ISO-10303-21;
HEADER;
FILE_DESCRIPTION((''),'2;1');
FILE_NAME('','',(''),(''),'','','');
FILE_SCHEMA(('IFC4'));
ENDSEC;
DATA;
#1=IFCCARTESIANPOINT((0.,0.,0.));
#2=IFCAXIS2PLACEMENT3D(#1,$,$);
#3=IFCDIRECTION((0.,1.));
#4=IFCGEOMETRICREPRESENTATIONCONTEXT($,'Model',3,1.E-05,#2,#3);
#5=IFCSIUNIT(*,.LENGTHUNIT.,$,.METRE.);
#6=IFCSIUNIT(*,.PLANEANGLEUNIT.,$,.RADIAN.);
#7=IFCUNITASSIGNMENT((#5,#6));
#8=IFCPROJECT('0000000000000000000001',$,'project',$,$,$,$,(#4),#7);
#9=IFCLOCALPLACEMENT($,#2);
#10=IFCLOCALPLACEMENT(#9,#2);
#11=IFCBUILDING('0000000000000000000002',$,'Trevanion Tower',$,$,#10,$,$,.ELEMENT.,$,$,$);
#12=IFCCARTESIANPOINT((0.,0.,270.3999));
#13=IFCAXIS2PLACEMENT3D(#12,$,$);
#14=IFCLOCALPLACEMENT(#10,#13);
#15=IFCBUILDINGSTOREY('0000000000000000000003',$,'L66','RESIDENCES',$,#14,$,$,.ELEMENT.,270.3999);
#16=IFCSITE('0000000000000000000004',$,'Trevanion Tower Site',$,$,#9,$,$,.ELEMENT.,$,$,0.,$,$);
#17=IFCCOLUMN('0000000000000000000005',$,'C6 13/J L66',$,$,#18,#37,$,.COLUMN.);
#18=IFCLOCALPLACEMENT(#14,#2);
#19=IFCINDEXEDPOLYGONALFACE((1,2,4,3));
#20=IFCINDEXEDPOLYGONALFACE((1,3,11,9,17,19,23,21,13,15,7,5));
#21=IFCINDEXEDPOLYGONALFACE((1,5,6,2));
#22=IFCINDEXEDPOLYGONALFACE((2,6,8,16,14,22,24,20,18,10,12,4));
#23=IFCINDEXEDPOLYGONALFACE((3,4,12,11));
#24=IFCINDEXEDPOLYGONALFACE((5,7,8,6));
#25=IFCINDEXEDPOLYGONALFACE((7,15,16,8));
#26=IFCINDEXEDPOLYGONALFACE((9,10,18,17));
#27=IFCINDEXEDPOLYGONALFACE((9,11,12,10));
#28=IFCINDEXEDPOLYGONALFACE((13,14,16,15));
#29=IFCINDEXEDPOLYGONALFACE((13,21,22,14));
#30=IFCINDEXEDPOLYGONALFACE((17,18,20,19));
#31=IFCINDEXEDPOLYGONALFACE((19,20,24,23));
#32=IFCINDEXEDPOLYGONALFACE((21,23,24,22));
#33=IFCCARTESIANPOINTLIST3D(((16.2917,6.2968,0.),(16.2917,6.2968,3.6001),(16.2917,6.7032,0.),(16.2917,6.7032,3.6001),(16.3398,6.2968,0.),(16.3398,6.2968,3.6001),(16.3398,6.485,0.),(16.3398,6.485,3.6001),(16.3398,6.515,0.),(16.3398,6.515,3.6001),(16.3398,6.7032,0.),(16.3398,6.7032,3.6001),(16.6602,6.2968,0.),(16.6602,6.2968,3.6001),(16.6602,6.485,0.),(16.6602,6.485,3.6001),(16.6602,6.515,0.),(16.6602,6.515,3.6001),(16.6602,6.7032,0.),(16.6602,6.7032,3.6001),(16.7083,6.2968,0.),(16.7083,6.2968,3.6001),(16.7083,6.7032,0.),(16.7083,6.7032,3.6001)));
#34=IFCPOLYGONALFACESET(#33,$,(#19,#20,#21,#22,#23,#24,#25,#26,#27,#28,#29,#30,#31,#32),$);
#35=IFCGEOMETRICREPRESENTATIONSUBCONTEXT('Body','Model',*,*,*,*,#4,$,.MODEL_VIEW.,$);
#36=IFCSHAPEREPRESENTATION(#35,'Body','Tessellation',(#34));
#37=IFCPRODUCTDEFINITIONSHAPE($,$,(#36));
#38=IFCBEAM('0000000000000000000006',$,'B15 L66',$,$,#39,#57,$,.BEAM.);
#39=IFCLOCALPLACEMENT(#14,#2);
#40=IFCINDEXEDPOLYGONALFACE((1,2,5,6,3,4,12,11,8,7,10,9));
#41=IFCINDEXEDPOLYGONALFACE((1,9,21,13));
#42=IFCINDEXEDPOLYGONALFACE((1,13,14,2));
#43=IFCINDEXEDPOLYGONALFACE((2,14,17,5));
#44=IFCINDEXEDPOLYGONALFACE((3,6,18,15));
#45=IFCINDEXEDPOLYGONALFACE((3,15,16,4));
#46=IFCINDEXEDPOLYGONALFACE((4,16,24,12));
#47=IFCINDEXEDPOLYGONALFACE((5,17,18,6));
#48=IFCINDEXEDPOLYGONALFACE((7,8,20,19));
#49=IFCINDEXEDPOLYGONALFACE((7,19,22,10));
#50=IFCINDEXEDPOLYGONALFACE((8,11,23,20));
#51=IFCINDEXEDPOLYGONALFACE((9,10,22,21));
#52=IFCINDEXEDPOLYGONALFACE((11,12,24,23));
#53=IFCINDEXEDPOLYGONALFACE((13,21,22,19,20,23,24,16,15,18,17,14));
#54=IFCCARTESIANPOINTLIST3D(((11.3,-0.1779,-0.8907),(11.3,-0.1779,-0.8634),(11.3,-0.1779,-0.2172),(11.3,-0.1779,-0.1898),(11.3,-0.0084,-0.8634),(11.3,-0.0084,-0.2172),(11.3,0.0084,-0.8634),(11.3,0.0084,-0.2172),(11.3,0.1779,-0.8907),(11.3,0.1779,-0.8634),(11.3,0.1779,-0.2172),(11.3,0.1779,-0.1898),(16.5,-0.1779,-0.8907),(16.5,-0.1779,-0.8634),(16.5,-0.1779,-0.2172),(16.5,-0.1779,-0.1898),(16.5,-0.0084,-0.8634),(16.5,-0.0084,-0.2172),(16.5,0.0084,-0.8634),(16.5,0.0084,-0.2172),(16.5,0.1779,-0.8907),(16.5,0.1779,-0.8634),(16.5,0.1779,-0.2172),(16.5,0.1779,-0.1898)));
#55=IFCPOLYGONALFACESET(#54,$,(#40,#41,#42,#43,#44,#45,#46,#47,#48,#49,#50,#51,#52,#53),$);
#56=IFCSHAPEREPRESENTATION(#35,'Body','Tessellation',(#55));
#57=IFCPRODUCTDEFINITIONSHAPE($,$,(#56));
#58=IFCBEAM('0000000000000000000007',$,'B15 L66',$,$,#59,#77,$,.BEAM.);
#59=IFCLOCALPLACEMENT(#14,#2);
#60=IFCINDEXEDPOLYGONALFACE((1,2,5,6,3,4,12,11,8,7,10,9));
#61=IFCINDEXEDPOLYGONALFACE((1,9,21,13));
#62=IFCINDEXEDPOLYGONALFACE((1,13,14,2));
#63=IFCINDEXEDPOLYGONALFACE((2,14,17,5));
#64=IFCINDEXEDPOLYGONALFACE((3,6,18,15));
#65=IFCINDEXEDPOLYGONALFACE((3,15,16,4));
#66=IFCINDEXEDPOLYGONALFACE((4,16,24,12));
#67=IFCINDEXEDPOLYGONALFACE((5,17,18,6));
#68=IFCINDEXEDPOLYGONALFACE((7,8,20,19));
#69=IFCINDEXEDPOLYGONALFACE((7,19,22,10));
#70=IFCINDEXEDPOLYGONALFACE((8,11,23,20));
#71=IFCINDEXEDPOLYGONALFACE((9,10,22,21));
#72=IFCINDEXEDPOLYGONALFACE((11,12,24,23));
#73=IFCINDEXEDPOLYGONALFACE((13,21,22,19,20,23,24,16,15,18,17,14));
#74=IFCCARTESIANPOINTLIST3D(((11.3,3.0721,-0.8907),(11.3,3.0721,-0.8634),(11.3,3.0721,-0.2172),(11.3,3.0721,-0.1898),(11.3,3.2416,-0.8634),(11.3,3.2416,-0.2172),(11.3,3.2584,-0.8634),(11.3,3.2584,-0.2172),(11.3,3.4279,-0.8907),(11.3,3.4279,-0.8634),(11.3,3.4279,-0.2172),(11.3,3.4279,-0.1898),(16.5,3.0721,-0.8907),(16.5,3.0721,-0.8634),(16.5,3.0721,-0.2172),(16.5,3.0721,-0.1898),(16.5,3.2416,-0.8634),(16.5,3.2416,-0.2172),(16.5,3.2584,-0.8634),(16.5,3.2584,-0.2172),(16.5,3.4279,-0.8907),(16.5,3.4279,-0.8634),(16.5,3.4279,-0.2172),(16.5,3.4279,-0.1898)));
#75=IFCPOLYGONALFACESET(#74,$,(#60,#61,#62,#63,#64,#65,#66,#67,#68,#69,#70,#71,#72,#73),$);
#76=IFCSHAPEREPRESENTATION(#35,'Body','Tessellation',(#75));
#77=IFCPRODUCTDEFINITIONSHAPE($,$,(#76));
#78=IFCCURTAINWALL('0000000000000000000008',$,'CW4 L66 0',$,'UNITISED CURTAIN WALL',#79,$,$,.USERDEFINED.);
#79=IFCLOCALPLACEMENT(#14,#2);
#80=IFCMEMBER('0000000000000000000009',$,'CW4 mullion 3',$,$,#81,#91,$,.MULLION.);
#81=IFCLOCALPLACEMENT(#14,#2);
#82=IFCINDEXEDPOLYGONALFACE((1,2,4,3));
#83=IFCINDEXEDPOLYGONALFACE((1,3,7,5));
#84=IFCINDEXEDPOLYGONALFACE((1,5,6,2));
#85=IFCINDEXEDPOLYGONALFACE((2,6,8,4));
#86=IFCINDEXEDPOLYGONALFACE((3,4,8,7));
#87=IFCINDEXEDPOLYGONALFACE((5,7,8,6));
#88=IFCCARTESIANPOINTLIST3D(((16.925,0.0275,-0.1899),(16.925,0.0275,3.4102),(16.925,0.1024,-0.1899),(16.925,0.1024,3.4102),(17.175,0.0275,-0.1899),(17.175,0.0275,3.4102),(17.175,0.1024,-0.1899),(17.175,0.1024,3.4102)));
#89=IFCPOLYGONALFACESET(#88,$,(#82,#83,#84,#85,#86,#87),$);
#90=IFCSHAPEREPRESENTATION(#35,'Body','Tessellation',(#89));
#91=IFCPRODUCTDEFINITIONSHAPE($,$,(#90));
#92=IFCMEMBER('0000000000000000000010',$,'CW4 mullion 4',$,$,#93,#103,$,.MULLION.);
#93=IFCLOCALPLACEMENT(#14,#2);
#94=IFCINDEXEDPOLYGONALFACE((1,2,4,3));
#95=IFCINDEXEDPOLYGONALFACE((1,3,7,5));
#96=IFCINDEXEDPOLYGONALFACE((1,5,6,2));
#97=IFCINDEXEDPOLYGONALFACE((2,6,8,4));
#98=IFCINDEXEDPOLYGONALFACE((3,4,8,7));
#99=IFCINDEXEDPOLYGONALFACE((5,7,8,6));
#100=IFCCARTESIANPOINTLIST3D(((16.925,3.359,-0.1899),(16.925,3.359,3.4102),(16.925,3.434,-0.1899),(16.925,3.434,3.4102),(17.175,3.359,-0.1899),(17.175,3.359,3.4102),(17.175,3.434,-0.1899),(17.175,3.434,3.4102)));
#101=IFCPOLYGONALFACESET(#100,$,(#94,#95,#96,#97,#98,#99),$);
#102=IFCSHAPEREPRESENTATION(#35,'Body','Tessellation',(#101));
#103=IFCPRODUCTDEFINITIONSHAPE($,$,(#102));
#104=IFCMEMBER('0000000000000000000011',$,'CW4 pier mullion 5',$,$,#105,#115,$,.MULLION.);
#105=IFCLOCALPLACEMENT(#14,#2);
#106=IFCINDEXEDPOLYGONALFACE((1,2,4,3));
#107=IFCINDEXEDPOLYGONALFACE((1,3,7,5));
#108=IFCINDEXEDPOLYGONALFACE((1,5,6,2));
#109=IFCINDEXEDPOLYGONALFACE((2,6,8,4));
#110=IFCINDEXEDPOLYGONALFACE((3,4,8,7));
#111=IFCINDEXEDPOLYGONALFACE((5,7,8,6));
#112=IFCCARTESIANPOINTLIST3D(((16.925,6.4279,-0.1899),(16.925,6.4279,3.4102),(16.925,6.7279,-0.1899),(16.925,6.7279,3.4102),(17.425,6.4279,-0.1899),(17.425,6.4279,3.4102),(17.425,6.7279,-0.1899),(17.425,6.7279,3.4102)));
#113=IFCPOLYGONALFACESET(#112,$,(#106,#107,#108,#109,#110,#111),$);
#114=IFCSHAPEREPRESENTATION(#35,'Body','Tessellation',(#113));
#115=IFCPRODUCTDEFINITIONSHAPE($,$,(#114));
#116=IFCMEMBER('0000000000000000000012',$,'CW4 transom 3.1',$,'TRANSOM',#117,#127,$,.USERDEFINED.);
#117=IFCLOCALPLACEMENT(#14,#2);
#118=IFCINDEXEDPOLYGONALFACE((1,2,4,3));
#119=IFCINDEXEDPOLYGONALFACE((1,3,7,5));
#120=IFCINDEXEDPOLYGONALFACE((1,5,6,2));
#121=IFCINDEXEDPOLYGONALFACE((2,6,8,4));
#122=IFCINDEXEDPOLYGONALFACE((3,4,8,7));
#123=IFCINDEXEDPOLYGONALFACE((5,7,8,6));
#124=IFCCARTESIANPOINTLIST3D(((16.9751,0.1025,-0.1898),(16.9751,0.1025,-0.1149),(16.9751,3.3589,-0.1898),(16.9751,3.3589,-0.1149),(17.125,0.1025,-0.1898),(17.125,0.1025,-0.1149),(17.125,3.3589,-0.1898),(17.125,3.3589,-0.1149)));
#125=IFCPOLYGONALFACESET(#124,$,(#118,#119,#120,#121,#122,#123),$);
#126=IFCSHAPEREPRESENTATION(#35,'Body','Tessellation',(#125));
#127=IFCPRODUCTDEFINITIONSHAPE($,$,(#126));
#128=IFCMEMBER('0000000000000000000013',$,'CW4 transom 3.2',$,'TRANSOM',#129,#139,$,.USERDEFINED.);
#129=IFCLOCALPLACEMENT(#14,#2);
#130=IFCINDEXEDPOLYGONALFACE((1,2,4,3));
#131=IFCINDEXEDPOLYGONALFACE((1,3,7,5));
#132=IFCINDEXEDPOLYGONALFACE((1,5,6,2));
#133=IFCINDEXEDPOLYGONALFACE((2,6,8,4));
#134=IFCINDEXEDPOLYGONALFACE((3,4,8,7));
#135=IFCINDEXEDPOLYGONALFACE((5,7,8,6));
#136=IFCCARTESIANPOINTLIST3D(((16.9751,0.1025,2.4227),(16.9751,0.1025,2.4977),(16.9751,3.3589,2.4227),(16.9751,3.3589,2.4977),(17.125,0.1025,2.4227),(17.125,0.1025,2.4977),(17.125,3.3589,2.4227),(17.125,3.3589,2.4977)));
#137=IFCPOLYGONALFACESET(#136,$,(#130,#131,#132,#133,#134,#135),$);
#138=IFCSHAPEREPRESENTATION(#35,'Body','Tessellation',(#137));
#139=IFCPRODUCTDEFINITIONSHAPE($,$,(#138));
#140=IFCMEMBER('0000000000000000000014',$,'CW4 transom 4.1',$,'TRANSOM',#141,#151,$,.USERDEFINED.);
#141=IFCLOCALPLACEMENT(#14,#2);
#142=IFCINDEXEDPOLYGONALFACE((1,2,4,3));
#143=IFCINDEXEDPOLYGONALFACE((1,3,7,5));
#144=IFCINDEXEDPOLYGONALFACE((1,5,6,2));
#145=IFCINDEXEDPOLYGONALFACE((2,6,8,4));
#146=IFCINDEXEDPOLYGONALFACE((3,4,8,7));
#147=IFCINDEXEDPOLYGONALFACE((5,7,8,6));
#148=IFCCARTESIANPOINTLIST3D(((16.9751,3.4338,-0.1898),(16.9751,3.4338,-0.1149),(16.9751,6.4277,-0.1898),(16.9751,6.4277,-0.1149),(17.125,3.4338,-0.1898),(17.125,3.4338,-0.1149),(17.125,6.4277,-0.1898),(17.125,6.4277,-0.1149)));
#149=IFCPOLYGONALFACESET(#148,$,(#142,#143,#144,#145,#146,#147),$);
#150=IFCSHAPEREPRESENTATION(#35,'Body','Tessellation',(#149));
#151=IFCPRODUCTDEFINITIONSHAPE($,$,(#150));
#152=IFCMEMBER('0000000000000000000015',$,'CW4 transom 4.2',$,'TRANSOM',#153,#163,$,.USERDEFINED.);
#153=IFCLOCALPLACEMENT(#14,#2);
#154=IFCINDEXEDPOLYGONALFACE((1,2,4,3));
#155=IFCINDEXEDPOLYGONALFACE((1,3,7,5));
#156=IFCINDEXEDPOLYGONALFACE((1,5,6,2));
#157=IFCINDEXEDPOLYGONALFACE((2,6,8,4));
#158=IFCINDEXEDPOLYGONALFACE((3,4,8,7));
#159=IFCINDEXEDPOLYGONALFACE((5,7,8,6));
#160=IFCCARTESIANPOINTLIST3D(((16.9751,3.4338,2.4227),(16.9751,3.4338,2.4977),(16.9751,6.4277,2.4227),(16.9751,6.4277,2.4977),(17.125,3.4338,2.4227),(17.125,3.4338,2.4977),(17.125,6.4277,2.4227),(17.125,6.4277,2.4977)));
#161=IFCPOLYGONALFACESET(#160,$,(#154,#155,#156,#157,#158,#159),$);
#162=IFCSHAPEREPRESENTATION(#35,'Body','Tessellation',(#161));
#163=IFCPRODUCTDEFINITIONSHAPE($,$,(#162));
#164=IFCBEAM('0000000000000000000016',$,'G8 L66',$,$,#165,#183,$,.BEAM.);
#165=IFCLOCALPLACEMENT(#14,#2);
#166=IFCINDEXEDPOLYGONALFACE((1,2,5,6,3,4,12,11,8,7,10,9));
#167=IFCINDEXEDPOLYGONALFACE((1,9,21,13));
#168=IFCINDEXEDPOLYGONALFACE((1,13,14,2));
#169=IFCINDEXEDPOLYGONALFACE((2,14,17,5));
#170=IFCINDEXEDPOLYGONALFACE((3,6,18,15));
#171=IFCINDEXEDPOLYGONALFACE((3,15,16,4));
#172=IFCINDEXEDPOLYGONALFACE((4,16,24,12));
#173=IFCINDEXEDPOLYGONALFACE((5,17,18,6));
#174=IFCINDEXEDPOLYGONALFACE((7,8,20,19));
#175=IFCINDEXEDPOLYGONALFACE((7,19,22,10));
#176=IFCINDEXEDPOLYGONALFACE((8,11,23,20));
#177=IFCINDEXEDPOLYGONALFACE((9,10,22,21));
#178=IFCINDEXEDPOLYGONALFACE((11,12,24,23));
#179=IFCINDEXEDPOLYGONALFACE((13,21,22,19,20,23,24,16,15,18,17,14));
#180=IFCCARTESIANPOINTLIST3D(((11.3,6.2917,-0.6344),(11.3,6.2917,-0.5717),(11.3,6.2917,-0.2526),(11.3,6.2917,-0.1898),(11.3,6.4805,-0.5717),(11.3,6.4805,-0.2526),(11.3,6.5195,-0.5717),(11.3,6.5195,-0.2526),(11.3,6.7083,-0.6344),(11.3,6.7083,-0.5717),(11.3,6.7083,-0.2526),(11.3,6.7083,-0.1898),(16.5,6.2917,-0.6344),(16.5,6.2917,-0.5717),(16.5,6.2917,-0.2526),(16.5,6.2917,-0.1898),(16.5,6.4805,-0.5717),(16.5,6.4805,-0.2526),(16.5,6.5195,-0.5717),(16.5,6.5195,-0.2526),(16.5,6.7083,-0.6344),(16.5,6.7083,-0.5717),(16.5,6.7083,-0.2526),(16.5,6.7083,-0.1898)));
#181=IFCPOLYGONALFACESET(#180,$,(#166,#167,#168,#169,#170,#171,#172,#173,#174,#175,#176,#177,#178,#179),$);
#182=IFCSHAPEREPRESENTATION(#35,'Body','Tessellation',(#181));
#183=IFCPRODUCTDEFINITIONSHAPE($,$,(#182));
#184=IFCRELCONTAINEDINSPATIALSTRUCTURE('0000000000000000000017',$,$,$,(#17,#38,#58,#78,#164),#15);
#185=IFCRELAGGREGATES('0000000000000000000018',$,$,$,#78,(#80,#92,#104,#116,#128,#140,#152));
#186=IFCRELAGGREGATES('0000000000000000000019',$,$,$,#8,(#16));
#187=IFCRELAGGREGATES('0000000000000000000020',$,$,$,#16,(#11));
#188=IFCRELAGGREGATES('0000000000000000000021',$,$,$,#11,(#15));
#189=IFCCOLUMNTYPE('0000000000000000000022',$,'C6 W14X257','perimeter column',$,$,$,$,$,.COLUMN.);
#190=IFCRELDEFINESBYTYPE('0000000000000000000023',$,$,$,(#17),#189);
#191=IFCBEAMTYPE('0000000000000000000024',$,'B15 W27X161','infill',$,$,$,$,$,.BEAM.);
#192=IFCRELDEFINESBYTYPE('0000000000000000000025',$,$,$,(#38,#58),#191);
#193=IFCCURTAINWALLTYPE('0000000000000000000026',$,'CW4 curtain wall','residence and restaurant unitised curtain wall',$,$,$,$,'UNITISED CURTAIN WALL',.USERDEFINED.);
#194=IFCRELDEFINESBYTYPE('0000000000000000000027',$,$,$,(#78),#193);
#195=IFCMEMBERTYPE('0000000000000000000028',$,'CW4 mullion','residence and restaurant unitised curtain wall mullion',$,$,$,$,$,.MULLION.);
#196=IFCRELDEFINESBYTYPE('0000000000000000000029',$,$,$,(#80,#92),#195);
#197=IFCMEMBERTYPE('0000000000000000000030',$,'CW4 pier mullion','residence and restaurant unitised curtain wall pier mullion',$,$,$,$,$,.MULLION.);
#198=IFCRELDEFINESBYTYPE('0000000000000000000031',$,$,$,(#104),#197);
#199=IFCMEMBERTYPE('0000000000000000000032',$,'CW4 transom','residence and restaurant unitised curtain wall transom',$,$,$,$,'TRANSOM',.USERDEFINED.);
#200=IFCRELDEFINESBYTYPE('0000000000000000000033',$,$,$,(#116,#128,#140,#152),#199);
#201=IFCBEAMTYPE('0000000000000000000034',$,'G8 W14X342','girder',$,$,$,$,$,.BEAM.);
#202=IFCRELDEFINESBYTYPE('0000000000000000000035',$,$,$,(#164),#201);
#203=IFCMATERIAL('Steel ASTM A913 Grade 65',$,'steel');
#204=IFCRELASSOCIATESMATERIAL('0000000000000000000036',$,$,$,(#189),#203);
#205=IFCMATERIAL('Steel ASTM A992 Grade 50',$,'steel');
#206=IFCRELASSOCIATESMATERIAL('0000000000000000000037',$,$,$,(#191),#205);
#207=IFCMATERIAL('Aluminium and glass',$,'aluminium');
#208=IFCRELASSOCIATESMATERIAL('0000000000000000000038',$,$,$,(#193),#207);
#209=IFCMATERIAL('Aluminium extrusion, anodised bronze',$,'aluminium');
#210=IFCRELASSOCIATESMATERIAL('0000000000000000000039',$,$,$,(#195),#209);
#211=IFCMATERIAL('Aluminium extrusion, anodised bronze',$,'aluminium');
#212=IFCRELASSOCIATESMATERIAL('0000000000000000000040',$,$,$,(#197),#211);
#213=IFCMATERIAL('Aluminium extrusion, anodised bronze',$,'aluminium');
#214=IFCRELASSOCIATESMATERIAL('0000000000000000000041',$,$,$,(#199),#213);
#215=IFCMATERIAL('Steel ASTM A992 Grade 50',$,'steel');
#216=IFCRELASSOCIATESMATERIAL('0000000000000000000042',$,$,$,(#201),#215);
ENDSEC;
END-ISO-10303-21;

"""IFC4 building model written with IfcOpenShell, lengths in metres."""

from ifc_helpers import new_model, si_unit, direction, frame, origin, origin_2d, place, context, subcontext, project, spatial, rectangle, i_section, extrude, material, material_profile, profile_set, type_object, element, aggregate, save


model = new_model("IFC4")

# Units and contexts
model_context = context("Model", 3, precision=1e-05, world=origin(), true_north=direction((0.0, 1.0)))
body_context = subcontext(model_context, "Body", "Model", "MODEL_VIEW")
ifc_project = project(units=[si_unit("LENGTHUNIT", "METRE"), si_unit("PLANEANGLEUNIT", "RADIAN")], contexts=[model_context])

# Site, building, storey
site_placement = place(None, origin())
site = spatial("IfcSite", under=ifc_project, at=site_placement, Name="Trevanion Tower Site", CompositionType="ELEMENT", RefElevation=0.0)
building_placement = place(site_placement, origin())
building = spatial("IfcBuilding", under=site, at=building_placement, Name="Trevanion Tower", CompositionType="ELEMENT")
storey_placement = place(building_placement, frame((0.0, 0.0, 270.3999)))
storey = spatial("IfcBuildingStorey", under=building, at=storey_placement, Name="L66", Description="RESIDENCES", CompositionType="ELEMENT", Elevation=270.3999)

# Column
ifc_material_1 = material(Name="Steel ASTM A913 Grade 65", Category="steel")
ifc_material_profile_1 = material_profile(ifc_material_1, i_section(OverallWidth=0.4065, OverallDepth=0.4165, WebThickness=0.03, FlangeThickness=0.0481, at=origin_2d()), Name="W14X257")
ifc_profile_set_1 = profile_set([ifc_material_profile_1], Name="Steel ASTM A913 Grade 65")
column_type = type_object("IfcColumnType", Name="C6 W14X257", Description="perimeter column", PredefinedType="COLUMN", material=ifc_profile_set_1)
column_placement = place(storey_placement, frame((16.5, 6.5, 0.0), z_axis=(0.0, 0.0, 1.0), x_axis=(0.0, 1.0, 0.0)))
element("IfcColumn", 1, at=column_placement, inside=storey, type_object=column_type, Name="C6 13/J L66", PredefinedType="COLUMN", context=body_context, shape_type="SweptSolid", body=[
    extrude(i_section(OverallWidth=0.4065, OverallDepth=0.4165, WebThickness=0.03, FlangeThickness=0.0481, at=origin_2d()), origin(), (0.0, 0.0, 1.0), 3.6001),
])

# Beams
ifc_material_2 = material(Name="Steel ASTM A992 Grade 50", Category="steel")
ifc_material_profile_2 = material_profile(ifc_material_2, i_section(OverallWidth=0.3557, OverallDepth=0.7009, WebThickness=0.0168, FlangeThickness=0.0273, at=origin_2d()), Name="W27X161")
ifc_profile_set_2 = profile_set([ifc_material_profile_2], Name="Steel ASTM A992 Grade 50")
beam_type_1 = type_object("IfcBeamType", Name="B15 W27X161", Description="infill", PredefinedType="BEAM", material=ifc_profile_set_2)
for number, where, z_axis, x_axis, name in (
    (2, (11.3, 0.0, -0.5403), (1.0, 0.0, 0.0), (0.0, 1.0, 0.0), "B15 L66"),
    (3, (11.3, 3.25, -0.5403), (1.0, 0.0, 0.0), (0.0, 1.0, 0.0), "B15 L66"),
):
    element("IfcBeam", number, at=place(storey_placement, frame(where, z_axis=z_axis, x_axis=x_axis)), inside=storey, type_object=beam_type_1, Name=name, PredefinedType="BEAM", context=body_context, shape_type="SweptSolid", body=[
        extrude(i_section(OverallWidth=0.3557, OverallDepth=0.7009, WebThickness=0.0168, FlangeThickness=0.0273, at=origin_2d()), origin(), (0.0, 0.0, 1.0), 5.2),
    ])

# Curtain wall, members
ifc_material_3 = material(Name="Aluminium and glass", Category="aluminium")
curtain_wall_type = type_object("IfcCurtainWallType", Name="CW4 curtain wall", Description="residence and restaurant unitised curtain wall", ElementType="UNITISED CURTAIN WALL", PredefinedType="USERDEFINED", material=ifc_material_3)
curtain_wall_placement = place(storey_placement, origin())
curtain_wall = element("IfcCurtainWall", 4, at=curtain_wall_placement, inside=storey, type_object=curtain_wall_type, Name="CW4 L66 0", ObjectType="UNITISED CURTAIN WALL", PredefinedType="USERDEFINED")
ifc_material_4 = material(Name="Aluminium extrusion, anodised bronze", Category="aluminium")
ifc_material_profile_3 = material_profile(ifc_material_4, rectangle(XDim=0.075, YDim=0.25, at=origin_2d()), Name="CW4 mullion")
ifc_profile_set_3 = profile_set([ifc_material_profile_3], Name="Aluminium extrusion, anodised bronze")
member_type_1 = type_object("IfcMemberType", Name="CW4 mullion", Description="residence and restaurant unitised curtain wall mullion", PredefinedType="MULLION", material=ifc_profile_set_3)
member_1_placement = place(storey_placement, frame((17.05, 0.0649, -0.1899), z_axis=(0.0, 0.0, 1.0), x_axis=(0.0, 1.0, 0.0)))
member_1 = element("IfcMember", 5, at=member_1_placement, type_object=member_type_1, Name="CW4 mullion 3", PredefinedType="MULLION", context=body_context, shape_type="SweptSolid", body=[
    extrude(rectangle(XDim=0.075, YDim=0.25, at=origin_2d()), origin(), (0.0, 0.0, 1.0), 3.6001),
])
member_2_placement = place(storey_placement, frame((17.05, 3.3965, -0.1899), z_axis=(0.0, 0.0, 1.0), x_axis=(0.0, 1.0, 0.0)))
member_2 = element("IfcMember", 6, at=member_2_placement, type_object=member_type_1, Name="CW4 mullion 4", PredefinedType="MULLION", context=body_context, shape_type="SweptSolid", body=[
    extrude(rectangle(XDim=0.075, YDim=0.25, at=origin_2d()), origin(), (0.0, 0.0, 1.0), 3.6001),
])
ifc_material_5 = material(Name="Aluminium extrusion, anodised bronze", Category="aluminium")
ifc_material_profile_4 = material_profile(ifc_material_5, rectangle(XDim=0.3, YDim=0.5, at=origin_2d()), Name="CW4 pier mullion")
ifc_profile_set_4 = profile_set([ifc_material_profile_4], Name="Aluminium extrusion, anodised bronze")
member_type_2 = type_object("IfcMemberType", Name="CW4 pier mullion", Description="residence and restaurant unitised curtain wall pier mullion", PredefinedType="MULLION", material=ifc_profile_set_4)
member_3_placement = place(storey_placement, frame((17.175, 6.5779, -0.1899), z_axis=(0.0, 0.0, 1.0), x_axis=(0.0, 1.0, 0.0)))
member_3 = element("IfcMember", 7, at=member_3_placement, type_object=member_type_2, Name="CW4 pier mullion 5", PredefinedType="MULLION", context=body_context, shape_type="SweptSolid", body=[
    extrude(rectangle(XDim=0.3, YDim=0.5, at=origin_2d()), origin(), (0.0, 0.0, 1.0), 3.6001),
])
ifc_material_6 = material(Name="Aluminium extrusion, anodised bronze", Category="aluminium")
ifc_material_profile_5 = material_profile(ifc_material_6, rectangle(XDim=0.1499, YDim=0.075, at=origin_2d()), Name="CW4 transom")
ifc_profile_set_5 = profile_set([ifc_material_profile_5], Name="Aluminium extrusion, anodised bronze")
member_type_3 = type_object("IfcMemberType", Name="CW4 transom", Description="residence and restaurant unitised curtain wall transom", ElementType="TRANSOM", PredefinedType="USERDEFINED", material=ifc_profile_set_5)
member_4_placement = place(storey_placement, frame((17.05, 0.1025, -0.1523), z_axis=(0.0, 1.0, 0.0), x_axis=(-1.0, 0.0, 0.0)))
member_4 = element("IfcMember", 8, at=member_4_placement, type_object=member_type_3, Name="CW4 transom 3.1", ObjectType="TRANSOM", PredefinedType="USERDEFINED", context=body_context, shape_type="SweptSolid", body=[
    extrude(rectangle(XDim=0.1499, YDim=0.075, at=origin_2d()), origin(), (0.0, 0.0, 1.0), 3.2563),
])
member_5_placement = place(storey_placement, frame((17.05, 0.1025, 2.4602), z_axis=(0.0, 1.0, 0.0), x_axis=(-1.0, 0.0, 0.0)))
member_5 = element("IfcMember", 9, at=member_5_placement, type_object=member_type_3, Name="CW4 transom 3.2", ObjectType="TRANSOM", PredefinedType="USERDEFINED", context=body_context, shape_type="SweptSolid", body=[
    extrude(rectangle(XDim=0.1499, YDim=0.075, at=origin_2d()), origin(), (0.0, 0.0, 1.0), 3.2563),
])
member_6_placement = place(storey_placement, frame((17.05, 3.4338, -0.1523), z_axis=(0.0, 1.0, 0.0), x_axis=(-1.0, 0.0, 0.0)))
member_6 = element("IfcMember", 10, at=member_6_placement, type_object=member_type_3, Name="CW4 transom 4.1", ObjectType="TRANSOM", PredefinedType="USERDEFINED", context=body_context, shape_type="SweptSolid", body=[
    extrude(rectangle(XDim=0.1499, YDim=0.075, at=origin_2d()), origin(), (0.0, 0.0, 1.0), 2.9939),
])
member_7_placement = place(storey_placement, frame((17.05, 3.4338, 2.4602), z_axis=(0.0, 1.0, 0.0), x_axis=(-1.0, 0.0, 0.0)))
member_7 = element("IfcMember", 11, at=member_7_placement, type_object=member_type_3, Name="CW4 transom 4.2", ObjectType="TRANSOM", PredefinedType="USERDEFINED", context=body_context, shape_type="SweptSolid", body=[
    extrude(rectangle(XDim=0.1499, YDim=0.075, at=origin_2d()), origin(), (0.0, 0.0, 1.0), 2.9939),
])

# Beam
ifc_material_7 = material(Name="Steel ASTM A992 Grade 50", Category="steel")
ifc_material_profile_6 = material_profile(ifc_material_7, i_section(OverallWidth=0.4165, OverallDepth=0.4446, WebThickness=0.0391, FlangeThickness=0.0627, at=origin_2d()), Name="W14X342")
ifc_profile_set_6 = profile_set([ifc_material_profile_6], Name="Steel ASTM A992 Grade 50")
beam_type_2 = type_object("IfcBeamType", Name="G8 W14X342", Description="girder", PredefinedType="BEAM", material=ifc_profile_set_6)
beam_1_placement = place(storey_placement, frame((11.3, 6.5, -0.4121), z_axis=(1.0, 0.0, 0.0), x_axis=(0.0, 1.0, 0.0)))
element("IfcBeam", 12, at=beam_1_placement, inside=storey, type_object=beam_type_2, Name="G8 L66", PredefinedType="BEAM", context=body_context, shape_type="SweptSolid", body=[
    extrude(i_section(OverallWidth=0.4165, OverallDepth=0.4446, WebThickness=0.0391, FlangeThickness=0.0627, at=origin_2d()), origin(), (0.0, 0.0, 1.0), 5.2),
])

aggregate(curtain_wall, [member_1, member_2, member_3, member_4, member_5, member_6, member_7])

save(model, "model.ifc")
